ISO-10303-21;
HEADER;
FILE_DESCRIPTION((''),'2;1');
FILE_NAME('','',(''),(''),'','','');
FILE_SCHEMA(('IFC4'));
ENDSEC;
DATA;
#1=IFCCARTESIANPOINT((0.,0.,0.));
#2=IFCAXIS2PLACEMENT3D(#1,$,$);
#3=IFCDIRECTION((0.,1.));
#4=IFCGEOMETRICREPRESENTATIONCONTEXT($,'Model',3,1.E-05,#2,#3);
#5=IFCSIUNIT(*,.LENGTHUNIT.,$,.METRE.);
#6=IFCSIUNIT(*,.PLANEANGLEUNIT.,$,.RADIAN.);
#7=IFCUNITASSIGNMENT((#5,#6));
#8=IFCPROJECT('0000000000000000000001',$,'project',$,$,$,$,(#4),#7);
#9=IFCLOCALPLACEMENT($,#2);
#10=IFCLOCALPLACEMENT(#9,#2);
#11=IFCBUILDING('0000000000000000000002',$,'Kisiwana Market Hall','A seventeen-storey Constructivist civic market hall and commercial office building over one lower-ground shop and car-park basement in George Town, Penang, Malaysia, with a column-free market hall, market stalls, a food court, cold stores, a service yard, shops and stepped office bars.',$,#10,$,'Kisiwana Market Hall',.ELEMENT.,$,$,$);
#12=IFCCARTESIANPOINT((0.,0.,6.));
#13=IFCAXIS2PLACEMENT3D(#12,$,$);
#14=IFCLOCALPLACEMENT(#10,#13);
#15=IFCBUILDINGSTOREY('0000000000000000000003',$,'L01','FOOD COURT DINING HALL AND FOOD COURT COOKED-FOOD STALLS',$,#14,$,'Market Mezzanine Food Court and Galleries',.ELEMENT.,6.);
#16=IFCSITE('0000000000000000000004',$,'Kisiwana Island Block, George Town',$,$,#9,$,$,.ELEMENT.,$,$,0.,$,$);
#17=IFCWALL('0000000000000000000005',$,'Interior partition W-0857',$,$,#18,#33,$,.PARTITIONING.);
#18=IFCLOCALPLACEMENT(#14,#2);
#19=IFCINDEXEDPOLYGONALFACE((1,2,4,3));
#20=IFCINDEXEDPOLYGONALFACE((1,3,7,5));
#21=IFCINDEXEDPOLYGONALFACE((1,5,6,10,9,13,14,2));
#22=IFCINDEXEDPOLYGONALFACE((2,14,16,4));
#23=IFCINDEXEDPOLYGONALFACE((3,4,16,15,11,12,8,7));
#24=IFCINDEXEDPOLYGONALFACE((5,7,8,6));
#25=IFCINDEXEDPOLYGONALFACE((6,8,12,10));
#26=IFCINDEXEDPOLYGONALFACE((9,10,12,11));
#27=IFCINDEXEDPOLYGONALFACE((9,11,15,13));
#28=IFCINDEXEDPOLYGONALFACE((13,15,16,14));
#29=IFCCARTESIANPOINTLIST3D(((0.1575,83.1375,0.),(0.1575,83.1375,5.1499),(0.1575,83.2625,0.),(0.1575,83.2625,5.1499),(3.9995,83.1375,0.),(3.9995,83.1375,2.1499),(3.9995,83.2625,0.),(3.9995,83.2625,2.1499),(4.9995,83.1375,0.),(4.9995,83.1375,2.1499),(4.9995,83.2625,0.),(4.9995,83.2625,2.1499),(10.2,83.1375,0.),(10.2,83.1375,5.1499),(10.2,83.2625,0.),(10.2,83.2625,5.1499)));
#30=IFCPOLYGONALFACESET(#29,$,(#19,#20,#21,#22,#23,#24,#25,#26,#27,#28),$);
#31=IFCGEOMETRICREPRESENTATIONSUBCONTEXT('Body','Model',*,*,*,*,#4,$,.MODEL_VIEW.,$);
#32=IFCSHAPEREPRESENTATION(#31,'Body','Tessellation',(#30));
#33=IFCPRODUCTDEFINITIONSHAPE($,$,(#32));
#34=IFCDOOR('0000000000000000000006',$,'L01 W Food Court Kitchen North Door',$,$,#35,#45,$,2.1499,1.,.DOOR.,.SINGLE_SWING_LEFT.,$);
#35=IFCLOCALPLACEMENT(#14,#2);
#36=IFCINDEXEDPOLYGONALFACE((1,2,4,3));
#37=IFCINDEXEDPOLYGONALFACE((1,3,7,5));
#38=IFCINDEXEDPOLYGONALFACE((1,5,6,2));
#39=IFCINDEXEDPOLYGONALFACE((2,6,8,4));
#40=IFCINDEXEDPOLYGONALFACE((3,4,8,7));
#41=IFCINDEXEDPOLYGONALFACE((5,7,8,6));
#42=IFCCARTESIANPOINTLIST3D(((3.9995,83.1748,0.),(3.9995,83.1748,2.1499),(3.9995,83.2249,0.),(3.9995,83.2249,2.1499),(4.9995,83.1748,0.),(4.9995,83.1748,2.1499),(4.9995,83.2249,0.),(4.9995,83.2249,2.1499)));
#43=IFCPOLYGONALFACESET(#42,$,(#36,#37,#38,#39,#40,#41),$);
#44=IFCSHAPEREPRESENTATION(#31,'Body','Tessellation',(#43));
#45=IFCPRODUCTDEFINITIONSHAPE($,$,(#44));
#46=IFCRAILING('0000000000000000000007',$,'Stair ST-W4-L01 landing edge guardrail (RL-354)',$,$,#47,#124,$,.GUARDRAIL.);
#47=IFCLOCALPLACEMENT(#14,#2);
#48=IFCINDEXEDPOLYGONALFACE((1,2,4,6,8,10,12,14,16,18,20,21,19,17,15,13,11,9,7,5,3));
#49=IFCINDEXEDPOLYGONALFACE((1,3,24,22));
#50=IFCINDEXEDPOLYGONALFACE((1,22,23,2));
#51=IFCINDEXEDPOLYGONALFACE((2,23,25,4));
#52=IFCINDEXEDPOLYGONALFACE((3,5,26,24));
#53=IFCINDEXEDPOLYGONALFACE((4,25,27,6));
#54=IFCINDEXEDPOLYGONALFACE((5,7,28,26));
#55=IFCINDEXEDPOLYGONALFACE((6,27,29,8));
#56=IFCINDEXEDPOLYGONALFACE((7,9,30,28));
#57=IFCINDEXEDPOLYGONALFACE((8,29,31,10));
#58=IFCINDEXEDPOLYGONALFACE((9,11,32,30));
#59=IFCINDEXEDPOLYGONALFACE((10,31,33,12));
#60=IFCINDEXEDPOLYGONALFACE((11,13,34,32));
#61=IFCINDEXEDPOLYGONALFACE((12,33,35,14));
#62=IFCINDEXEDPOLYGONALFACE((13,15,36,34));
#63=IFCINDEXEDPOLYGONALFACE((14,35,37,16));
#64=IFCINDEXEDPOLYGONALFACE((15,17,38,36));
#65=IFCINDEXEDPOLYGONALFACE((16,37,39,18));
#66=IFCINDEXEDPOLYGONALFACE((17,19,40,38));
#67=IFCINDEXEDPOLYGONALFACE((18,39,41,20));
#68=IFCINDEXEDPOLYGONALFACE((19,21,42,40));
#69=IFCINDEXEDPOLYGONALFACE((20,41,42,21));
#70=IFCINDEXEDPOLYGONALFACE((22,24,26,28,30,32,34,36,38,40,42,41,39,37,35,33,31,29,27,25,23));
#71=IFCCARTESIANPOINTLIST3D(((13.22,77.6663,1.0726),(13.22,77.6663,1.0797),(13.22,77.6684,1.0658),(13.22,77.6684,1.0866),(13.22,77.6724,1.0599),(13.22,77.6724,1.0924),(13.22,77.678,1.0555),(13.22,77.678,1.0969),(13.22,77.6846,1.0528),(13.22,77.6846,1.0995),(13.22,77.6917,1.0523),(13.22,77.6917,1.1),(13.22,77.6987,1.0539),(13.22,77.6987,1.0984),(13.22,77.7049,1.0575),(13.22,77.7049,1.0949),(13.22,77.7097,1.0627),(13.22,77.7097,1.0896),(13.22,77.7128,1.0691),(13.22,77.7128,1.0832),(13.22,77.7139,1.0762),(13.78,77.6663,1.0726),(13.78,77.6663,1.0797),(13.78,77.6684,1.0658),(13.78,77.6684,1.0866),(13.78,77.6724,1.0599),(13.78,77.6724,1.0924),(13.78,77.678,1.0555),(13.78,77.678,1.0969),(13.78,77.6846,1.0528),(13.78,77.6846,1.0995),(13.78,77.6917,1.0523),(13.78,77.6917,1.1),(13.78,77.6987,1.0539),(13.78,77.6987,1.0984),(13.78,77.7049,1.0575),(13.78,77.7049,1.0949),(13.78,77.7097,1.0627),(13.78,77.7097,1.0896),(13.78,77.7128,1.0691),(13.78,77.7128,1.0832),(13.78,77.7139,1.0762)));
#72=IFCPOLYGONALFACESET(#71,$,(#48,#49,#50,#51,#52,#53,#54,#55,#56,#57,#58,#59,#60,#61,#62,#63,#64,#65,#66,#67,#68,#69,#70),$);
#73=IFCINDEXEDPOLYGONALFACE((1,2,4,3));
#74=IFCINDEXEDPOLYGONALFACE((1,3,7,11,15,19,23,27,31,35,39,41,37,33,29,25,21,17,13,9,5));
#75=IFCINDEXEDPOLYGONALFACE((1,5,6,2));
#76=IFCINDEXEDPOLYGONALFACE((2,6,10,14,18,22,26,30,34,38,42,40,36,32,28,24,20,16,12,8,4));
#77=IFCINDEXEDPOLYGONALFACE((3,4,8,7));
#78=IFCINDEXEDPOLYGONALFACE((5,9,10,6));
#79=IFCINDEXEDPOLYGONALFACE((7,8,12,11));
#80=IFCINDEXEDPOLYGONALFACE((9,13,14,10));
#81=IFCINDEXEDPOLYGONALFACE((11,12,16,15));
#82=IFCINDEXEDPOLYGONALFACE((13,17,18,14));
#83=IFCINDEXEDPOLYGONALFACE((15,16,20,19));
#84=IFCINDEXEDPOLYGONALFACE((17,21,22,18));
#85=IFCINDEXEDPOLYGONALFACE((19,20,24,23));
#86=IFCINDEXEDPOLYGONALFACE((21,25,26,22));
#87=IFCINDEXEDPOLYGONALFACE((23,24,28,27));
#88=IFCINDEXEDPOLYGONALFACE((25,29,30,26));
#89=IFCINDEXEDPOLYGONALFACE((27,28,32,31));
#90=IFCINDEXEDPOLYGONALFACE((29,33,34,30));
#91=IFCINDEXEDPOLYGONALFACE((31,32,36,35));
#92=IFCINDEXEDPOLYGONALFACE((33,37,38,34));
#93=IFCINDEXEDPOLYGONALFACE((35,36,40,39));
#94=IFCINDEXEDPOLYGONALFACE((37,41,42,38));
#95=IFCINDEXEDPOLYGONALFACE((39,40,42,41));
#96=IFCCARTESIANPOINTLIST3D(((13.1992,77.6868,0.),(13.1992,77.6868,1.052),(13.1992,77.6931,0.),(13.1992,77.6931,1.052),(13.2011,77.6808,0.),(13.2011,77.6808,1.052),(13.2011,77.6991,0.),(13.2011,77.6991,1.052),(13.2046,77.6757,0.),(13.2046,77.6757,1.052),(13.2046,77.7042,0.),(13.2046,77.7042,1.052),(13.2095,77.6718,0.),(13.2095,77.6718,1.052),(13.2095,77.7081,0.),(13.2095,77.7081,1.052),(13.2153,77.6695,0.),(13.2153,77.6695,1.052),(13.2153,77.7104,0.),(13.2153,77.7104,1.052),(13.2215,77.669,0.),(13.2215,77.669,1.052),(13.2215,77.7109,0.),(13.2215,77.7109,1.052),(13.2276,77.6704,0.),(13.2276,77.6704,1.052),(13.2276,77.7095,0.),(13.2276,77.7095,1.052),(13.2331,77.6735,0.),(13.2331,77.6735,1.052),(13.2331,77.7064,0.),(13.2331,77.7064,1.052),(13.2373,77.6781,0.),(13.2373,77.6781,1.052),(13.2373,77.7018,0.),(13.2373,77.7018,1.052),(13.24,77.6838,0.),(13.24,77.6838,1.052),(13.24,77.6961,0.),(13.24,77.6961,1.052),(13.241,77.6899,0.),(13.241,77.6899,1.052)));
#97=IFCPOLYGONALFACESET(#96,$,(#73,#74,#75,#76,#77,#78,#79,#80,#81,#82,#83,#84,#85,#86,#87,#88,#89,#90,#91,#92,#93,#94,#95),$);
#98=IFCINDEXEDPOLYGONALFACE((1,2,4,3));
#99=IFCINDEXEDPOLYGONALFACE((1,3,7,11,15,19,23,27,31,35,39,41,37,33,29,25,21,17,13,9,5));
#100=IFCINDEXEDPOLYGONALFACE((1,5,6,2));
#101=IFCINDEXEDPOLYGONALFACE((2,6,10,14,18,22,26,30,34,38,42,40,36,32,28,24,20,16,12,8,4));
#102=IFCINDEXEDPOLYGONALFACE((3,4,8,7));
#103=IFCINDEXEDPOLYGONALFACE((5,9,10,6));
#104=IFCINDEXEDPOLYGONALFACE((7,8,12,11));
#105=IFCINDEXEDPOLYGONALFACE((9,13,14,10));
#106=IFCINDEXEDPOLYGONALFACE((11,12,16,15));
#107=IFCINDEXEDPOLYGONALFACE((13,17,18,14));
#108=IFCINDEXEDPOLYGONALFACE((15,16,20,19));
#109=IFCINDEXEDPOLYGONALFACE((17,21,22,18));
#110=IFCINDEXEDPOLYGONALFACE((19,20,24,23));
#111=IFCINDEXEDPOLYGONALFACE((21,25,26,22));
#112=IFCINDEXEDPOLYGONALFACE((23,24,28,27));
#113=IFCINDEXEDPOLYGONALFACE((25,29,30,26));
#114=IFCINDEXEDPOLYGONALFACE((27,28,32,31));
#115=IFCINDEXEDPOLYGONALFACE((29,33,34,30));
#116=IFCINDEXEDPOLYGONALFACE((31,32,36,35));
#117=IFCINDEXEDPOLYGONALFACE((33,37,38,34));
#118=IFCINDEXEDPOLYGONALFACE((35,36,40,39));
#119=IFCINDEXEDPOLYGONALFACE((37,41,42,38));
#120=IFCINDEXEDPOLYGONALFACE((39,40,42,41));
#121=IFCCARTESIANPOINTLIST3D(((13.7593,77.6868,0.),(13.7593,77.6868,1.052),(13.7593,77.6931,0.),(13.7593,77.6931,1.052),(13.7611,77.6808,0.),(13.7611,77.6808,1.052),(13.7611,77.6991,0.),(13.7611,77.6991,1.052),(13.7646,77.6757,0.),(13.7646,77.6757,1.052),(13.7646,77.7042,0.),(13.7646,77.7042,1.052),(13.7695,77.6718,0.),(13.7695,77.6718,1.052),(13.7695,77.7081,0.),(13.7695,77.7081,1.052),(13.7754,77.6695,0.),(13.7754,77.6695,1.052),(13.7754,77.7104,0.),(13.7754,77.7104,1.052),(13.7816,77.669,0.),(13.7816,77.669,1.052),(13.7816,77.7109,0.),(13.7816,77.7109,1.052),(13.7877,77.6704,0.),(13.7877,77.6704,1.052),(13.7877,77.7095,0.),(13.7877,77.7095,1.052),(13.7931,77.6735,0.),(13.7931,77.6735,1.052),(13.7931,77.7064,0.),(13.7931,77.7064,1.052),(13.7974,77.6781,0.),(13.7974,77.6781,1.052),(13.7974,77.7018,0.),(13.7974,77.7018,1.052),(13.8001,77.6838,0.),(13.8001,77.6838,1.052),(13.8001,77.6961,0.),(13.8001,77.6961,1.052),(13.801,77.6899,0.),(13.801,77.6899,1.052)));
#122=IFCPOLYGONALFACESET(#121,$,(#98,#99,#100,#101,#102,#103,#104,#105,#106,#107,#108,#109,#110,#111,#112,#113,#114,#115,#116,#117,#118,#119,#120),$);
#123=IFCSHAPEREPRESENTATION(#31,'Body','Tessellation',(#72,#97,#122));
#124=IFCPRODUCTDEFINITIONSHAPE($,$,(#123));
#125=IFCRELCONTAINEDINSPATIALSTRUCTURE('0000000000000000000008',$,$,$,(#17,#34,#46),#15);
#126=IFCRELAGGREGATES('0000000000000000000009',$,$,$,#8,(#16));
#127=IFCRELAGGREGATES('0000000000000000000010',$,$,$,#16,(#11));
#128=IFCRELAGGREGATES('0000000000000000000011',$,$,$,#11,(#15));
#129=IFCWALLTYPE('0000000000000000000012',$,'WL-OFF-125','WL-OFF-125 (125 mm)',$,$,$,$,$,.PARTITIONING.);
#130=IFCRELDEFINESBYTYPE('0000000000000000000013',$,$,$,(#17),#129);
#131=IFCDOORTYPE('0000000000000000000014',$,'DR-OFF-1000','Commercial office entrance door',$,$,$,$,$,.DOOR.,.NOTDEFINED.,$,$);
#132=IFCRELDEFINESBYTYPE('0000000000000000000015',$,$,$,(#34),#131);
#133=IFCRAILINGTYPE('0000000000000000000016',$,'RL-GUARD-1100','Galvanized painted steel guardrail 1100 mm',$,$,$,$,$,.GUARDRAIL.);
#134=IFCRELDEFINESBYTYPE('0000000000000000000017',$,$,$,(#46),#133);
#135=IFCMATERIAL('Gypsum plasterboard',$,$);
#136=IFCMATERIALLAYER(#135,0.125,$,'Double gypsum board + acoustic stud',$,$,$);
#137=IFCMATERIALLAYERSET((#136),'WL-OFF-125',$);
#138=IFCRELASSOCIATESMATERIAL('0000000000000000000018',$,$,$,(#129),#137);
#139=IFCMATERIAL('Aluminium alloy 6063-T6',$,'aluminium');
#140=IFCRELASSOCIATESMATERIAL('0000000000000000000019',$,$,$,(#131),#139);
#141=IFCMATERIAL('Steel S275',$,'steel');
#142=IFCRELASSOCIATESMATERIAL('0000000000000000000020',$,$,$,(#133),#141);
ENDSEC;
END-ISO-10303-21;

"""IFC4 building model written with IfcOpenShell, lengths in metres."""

from ifc_helpers import new_model, si_unit, direction, frame, frame_2d, origin, origin_2d, place, context, subcontext, project, spatial, rectangle, circle, extrude, material, layer, layer_set, type_object, element, fill, save


model = new_model("IFC4")

# Units and contexts
model_context = context("Model", 3, precision=1e-05, world=origin(), true_north=direction((0.0, 1.0)))
body_context = subcontext(model_context, "Body", "Model", "MODEL_VIEW")
ifc_project = project(units=[si_unit("LENGTHUNIT", "METRE"), si_unit("PLANEANGLEUNIT", "RADIAN")], contexts=[model_context])

# Site, building, storey
site_placement = place(None, origin())
site = spatial("IfcSite", under=ifc_project, at=site_placement, Name="Kisiwana Island Block, George Town", CompositionType="ELEMENT", RefElevation=0.0)
building_placement = place(site_placement, origin())
building = spatial("IfcBuilding", under=site, at=building_placement, Name="Kisiwana Market Hall", Description="A seventeen-storey Constructivist civic market hall and commercial office building over one lower-ground shop and car-park basement in George Town, Penang, Malaysia, with a column-free market hall, market stalls, a food court, cold stores, a service yard, shops and stepped office bars.", LongName="Kisiwana Market Hall", CompositionType="ELEMENT")
storey_placement = place(building_placement, frame((0.0, 0.0, 6.0)))
storey = spatial("IfcBuildingStorey", under=building, at=storey_placement, Name="L01", Description="FOOD COURT DINING HALL AND FOOD COURT COOKED-FOOD STALLS", LongName="Market Mezzanine Food Court and Galleries", CompositionType="ELEMENT", Elevation=6.0)

# Shared definitions
ifc_material_1 = material(Name="Gypsum plasterboard")
ifc_layer_1 = layer(ifc_material_1, 0.125, Name="Double gypsum board + acoustic stud")
ifc_layer_set_1 = layer_set([ifc_layer_1], Name="WL-OFF-125")
wall_type_1 = type_object("IfcWallType", Name="WL-OFF-125", Description="WL-OFF-125 (125 mm)", PredefinedType="PARTITIONING", material=ifc_layer_set_1)

# Wall, opening, door
wall_1_placement = place(storey_placement, frame((0.1575, 83.2, 0.0), z_axis=(0.0, 0.0, 1.0), x_axis=(1.0, 0.0, 0.0)))
wall_1 = element("IfcWall", 1, at=wall_1_placement, inside=storey, type_object=wall_type_1, Name="Interior partition W-0857", PredefinedType="PARTITIONING", context=body_context, shape_type="SweptSolid", body=[
    extrude(rectangle(XDim=10.0425, YDim=0.125, at=frame_2d((5.0212, 0.0))), origin(), (0.0, 0.0, 1.0), 5.1499),
])
opening_1_placement = place(wall_1_placement, frame((3.842, 0.0, 0.0)))
opening_1 = element("IfcOpeningElement", 2, at=opening_1_placement, cuts=wall_1, PredefinedType="OPENING", context=body_context, shape_type="SweptSolid", body=[
    extrude(rectangle(XDim=1.0, YDim=2.1499, at=frame_2d((0.5, 1.075))), frame((0.0, 0.0745, 0.0), z_axis=(0.0, -1.0, 0.0), x_axis=(1.0, 0.0, 0.0)), (0.0, 0.0, 1.0), 0.1489),
])
ifc_material_2 = material(Name="Aluminium alloy 6063-T6", Category="aluminium")
door_type = type_object("IfcDoorType", Name="DR-OFF-1000", Description="Commercial office entrance door", OperationType="NOTDEFINED", PredefinedType="DOOR", material=ifc_material_2)
door_placement = place(opening_1_placement, origin())
door = element("IfcDoor", 3, at=door_placement, inside=storey, type_object=door_type, Name="L01 W Food Court Kitchen North Door", OperationType="SINGLE_SWING_LEFT", OverallHeight=2.1499, OverallWidth=1.0, PredefinedType="DOOR", context=body_context, shape_type="SweptSolid", body=[
    extrude(rectangle(XDim=1.0, YDim=2.1499, at=frame_2d((0.5, 1.075))), frame((0.0, 0.0249, 0.0), z_axis=(0.0, -1.0, 0.0), x_axis=(1.0, 0.0, 0.0)), (0.0, 0.0, 1.0), 0.05),
])
fill(opening_1, door)

# Railing
ifc_material_3 = material(Name="Steel S275", Category="steel")
railing_type_1 = type_object("IfcRailingType", Name="RL-GUARD-1100", Description="Galvanized painted steel guardrail 1100 mm", PredefinedType="GUARDRAIL", material=ifc_material_3)
railing_1_placement = place(storey_placement, frame((13.22, 77.6899, 0.0)))
element("IfcRailing", 4, at=railing_1_placement, inside=storey, type_object=railing_type_1, Name="Stair ST-W4-L01 landing edge guardrail (RL-354)", PredefinedType="GUARDRAIL", context=body_context, shape_type="SweptSolid", body=[
    extrude(circle(Radius=0.0239, at=origin_2d()), frame((0.0, 0.0, 1.0762), z_axis=(1.0, 0.0, 0.0), x_axis=(0.0, 1.0, 0.0)), (0.0, 0.0, 1.0), 0.5601),
    extrude(circle(Radius=0.021, at=origin_2d()), origin(), (0.0, 0.0, 1.0), 1.052),
    extrude(circle(Radius=0.021, at=origin_2d()), frame((0.5601, 0.0, 0.0)), (0.0, 0.0, 1.0), 1.052),
])

save(model, "model.ifc")
